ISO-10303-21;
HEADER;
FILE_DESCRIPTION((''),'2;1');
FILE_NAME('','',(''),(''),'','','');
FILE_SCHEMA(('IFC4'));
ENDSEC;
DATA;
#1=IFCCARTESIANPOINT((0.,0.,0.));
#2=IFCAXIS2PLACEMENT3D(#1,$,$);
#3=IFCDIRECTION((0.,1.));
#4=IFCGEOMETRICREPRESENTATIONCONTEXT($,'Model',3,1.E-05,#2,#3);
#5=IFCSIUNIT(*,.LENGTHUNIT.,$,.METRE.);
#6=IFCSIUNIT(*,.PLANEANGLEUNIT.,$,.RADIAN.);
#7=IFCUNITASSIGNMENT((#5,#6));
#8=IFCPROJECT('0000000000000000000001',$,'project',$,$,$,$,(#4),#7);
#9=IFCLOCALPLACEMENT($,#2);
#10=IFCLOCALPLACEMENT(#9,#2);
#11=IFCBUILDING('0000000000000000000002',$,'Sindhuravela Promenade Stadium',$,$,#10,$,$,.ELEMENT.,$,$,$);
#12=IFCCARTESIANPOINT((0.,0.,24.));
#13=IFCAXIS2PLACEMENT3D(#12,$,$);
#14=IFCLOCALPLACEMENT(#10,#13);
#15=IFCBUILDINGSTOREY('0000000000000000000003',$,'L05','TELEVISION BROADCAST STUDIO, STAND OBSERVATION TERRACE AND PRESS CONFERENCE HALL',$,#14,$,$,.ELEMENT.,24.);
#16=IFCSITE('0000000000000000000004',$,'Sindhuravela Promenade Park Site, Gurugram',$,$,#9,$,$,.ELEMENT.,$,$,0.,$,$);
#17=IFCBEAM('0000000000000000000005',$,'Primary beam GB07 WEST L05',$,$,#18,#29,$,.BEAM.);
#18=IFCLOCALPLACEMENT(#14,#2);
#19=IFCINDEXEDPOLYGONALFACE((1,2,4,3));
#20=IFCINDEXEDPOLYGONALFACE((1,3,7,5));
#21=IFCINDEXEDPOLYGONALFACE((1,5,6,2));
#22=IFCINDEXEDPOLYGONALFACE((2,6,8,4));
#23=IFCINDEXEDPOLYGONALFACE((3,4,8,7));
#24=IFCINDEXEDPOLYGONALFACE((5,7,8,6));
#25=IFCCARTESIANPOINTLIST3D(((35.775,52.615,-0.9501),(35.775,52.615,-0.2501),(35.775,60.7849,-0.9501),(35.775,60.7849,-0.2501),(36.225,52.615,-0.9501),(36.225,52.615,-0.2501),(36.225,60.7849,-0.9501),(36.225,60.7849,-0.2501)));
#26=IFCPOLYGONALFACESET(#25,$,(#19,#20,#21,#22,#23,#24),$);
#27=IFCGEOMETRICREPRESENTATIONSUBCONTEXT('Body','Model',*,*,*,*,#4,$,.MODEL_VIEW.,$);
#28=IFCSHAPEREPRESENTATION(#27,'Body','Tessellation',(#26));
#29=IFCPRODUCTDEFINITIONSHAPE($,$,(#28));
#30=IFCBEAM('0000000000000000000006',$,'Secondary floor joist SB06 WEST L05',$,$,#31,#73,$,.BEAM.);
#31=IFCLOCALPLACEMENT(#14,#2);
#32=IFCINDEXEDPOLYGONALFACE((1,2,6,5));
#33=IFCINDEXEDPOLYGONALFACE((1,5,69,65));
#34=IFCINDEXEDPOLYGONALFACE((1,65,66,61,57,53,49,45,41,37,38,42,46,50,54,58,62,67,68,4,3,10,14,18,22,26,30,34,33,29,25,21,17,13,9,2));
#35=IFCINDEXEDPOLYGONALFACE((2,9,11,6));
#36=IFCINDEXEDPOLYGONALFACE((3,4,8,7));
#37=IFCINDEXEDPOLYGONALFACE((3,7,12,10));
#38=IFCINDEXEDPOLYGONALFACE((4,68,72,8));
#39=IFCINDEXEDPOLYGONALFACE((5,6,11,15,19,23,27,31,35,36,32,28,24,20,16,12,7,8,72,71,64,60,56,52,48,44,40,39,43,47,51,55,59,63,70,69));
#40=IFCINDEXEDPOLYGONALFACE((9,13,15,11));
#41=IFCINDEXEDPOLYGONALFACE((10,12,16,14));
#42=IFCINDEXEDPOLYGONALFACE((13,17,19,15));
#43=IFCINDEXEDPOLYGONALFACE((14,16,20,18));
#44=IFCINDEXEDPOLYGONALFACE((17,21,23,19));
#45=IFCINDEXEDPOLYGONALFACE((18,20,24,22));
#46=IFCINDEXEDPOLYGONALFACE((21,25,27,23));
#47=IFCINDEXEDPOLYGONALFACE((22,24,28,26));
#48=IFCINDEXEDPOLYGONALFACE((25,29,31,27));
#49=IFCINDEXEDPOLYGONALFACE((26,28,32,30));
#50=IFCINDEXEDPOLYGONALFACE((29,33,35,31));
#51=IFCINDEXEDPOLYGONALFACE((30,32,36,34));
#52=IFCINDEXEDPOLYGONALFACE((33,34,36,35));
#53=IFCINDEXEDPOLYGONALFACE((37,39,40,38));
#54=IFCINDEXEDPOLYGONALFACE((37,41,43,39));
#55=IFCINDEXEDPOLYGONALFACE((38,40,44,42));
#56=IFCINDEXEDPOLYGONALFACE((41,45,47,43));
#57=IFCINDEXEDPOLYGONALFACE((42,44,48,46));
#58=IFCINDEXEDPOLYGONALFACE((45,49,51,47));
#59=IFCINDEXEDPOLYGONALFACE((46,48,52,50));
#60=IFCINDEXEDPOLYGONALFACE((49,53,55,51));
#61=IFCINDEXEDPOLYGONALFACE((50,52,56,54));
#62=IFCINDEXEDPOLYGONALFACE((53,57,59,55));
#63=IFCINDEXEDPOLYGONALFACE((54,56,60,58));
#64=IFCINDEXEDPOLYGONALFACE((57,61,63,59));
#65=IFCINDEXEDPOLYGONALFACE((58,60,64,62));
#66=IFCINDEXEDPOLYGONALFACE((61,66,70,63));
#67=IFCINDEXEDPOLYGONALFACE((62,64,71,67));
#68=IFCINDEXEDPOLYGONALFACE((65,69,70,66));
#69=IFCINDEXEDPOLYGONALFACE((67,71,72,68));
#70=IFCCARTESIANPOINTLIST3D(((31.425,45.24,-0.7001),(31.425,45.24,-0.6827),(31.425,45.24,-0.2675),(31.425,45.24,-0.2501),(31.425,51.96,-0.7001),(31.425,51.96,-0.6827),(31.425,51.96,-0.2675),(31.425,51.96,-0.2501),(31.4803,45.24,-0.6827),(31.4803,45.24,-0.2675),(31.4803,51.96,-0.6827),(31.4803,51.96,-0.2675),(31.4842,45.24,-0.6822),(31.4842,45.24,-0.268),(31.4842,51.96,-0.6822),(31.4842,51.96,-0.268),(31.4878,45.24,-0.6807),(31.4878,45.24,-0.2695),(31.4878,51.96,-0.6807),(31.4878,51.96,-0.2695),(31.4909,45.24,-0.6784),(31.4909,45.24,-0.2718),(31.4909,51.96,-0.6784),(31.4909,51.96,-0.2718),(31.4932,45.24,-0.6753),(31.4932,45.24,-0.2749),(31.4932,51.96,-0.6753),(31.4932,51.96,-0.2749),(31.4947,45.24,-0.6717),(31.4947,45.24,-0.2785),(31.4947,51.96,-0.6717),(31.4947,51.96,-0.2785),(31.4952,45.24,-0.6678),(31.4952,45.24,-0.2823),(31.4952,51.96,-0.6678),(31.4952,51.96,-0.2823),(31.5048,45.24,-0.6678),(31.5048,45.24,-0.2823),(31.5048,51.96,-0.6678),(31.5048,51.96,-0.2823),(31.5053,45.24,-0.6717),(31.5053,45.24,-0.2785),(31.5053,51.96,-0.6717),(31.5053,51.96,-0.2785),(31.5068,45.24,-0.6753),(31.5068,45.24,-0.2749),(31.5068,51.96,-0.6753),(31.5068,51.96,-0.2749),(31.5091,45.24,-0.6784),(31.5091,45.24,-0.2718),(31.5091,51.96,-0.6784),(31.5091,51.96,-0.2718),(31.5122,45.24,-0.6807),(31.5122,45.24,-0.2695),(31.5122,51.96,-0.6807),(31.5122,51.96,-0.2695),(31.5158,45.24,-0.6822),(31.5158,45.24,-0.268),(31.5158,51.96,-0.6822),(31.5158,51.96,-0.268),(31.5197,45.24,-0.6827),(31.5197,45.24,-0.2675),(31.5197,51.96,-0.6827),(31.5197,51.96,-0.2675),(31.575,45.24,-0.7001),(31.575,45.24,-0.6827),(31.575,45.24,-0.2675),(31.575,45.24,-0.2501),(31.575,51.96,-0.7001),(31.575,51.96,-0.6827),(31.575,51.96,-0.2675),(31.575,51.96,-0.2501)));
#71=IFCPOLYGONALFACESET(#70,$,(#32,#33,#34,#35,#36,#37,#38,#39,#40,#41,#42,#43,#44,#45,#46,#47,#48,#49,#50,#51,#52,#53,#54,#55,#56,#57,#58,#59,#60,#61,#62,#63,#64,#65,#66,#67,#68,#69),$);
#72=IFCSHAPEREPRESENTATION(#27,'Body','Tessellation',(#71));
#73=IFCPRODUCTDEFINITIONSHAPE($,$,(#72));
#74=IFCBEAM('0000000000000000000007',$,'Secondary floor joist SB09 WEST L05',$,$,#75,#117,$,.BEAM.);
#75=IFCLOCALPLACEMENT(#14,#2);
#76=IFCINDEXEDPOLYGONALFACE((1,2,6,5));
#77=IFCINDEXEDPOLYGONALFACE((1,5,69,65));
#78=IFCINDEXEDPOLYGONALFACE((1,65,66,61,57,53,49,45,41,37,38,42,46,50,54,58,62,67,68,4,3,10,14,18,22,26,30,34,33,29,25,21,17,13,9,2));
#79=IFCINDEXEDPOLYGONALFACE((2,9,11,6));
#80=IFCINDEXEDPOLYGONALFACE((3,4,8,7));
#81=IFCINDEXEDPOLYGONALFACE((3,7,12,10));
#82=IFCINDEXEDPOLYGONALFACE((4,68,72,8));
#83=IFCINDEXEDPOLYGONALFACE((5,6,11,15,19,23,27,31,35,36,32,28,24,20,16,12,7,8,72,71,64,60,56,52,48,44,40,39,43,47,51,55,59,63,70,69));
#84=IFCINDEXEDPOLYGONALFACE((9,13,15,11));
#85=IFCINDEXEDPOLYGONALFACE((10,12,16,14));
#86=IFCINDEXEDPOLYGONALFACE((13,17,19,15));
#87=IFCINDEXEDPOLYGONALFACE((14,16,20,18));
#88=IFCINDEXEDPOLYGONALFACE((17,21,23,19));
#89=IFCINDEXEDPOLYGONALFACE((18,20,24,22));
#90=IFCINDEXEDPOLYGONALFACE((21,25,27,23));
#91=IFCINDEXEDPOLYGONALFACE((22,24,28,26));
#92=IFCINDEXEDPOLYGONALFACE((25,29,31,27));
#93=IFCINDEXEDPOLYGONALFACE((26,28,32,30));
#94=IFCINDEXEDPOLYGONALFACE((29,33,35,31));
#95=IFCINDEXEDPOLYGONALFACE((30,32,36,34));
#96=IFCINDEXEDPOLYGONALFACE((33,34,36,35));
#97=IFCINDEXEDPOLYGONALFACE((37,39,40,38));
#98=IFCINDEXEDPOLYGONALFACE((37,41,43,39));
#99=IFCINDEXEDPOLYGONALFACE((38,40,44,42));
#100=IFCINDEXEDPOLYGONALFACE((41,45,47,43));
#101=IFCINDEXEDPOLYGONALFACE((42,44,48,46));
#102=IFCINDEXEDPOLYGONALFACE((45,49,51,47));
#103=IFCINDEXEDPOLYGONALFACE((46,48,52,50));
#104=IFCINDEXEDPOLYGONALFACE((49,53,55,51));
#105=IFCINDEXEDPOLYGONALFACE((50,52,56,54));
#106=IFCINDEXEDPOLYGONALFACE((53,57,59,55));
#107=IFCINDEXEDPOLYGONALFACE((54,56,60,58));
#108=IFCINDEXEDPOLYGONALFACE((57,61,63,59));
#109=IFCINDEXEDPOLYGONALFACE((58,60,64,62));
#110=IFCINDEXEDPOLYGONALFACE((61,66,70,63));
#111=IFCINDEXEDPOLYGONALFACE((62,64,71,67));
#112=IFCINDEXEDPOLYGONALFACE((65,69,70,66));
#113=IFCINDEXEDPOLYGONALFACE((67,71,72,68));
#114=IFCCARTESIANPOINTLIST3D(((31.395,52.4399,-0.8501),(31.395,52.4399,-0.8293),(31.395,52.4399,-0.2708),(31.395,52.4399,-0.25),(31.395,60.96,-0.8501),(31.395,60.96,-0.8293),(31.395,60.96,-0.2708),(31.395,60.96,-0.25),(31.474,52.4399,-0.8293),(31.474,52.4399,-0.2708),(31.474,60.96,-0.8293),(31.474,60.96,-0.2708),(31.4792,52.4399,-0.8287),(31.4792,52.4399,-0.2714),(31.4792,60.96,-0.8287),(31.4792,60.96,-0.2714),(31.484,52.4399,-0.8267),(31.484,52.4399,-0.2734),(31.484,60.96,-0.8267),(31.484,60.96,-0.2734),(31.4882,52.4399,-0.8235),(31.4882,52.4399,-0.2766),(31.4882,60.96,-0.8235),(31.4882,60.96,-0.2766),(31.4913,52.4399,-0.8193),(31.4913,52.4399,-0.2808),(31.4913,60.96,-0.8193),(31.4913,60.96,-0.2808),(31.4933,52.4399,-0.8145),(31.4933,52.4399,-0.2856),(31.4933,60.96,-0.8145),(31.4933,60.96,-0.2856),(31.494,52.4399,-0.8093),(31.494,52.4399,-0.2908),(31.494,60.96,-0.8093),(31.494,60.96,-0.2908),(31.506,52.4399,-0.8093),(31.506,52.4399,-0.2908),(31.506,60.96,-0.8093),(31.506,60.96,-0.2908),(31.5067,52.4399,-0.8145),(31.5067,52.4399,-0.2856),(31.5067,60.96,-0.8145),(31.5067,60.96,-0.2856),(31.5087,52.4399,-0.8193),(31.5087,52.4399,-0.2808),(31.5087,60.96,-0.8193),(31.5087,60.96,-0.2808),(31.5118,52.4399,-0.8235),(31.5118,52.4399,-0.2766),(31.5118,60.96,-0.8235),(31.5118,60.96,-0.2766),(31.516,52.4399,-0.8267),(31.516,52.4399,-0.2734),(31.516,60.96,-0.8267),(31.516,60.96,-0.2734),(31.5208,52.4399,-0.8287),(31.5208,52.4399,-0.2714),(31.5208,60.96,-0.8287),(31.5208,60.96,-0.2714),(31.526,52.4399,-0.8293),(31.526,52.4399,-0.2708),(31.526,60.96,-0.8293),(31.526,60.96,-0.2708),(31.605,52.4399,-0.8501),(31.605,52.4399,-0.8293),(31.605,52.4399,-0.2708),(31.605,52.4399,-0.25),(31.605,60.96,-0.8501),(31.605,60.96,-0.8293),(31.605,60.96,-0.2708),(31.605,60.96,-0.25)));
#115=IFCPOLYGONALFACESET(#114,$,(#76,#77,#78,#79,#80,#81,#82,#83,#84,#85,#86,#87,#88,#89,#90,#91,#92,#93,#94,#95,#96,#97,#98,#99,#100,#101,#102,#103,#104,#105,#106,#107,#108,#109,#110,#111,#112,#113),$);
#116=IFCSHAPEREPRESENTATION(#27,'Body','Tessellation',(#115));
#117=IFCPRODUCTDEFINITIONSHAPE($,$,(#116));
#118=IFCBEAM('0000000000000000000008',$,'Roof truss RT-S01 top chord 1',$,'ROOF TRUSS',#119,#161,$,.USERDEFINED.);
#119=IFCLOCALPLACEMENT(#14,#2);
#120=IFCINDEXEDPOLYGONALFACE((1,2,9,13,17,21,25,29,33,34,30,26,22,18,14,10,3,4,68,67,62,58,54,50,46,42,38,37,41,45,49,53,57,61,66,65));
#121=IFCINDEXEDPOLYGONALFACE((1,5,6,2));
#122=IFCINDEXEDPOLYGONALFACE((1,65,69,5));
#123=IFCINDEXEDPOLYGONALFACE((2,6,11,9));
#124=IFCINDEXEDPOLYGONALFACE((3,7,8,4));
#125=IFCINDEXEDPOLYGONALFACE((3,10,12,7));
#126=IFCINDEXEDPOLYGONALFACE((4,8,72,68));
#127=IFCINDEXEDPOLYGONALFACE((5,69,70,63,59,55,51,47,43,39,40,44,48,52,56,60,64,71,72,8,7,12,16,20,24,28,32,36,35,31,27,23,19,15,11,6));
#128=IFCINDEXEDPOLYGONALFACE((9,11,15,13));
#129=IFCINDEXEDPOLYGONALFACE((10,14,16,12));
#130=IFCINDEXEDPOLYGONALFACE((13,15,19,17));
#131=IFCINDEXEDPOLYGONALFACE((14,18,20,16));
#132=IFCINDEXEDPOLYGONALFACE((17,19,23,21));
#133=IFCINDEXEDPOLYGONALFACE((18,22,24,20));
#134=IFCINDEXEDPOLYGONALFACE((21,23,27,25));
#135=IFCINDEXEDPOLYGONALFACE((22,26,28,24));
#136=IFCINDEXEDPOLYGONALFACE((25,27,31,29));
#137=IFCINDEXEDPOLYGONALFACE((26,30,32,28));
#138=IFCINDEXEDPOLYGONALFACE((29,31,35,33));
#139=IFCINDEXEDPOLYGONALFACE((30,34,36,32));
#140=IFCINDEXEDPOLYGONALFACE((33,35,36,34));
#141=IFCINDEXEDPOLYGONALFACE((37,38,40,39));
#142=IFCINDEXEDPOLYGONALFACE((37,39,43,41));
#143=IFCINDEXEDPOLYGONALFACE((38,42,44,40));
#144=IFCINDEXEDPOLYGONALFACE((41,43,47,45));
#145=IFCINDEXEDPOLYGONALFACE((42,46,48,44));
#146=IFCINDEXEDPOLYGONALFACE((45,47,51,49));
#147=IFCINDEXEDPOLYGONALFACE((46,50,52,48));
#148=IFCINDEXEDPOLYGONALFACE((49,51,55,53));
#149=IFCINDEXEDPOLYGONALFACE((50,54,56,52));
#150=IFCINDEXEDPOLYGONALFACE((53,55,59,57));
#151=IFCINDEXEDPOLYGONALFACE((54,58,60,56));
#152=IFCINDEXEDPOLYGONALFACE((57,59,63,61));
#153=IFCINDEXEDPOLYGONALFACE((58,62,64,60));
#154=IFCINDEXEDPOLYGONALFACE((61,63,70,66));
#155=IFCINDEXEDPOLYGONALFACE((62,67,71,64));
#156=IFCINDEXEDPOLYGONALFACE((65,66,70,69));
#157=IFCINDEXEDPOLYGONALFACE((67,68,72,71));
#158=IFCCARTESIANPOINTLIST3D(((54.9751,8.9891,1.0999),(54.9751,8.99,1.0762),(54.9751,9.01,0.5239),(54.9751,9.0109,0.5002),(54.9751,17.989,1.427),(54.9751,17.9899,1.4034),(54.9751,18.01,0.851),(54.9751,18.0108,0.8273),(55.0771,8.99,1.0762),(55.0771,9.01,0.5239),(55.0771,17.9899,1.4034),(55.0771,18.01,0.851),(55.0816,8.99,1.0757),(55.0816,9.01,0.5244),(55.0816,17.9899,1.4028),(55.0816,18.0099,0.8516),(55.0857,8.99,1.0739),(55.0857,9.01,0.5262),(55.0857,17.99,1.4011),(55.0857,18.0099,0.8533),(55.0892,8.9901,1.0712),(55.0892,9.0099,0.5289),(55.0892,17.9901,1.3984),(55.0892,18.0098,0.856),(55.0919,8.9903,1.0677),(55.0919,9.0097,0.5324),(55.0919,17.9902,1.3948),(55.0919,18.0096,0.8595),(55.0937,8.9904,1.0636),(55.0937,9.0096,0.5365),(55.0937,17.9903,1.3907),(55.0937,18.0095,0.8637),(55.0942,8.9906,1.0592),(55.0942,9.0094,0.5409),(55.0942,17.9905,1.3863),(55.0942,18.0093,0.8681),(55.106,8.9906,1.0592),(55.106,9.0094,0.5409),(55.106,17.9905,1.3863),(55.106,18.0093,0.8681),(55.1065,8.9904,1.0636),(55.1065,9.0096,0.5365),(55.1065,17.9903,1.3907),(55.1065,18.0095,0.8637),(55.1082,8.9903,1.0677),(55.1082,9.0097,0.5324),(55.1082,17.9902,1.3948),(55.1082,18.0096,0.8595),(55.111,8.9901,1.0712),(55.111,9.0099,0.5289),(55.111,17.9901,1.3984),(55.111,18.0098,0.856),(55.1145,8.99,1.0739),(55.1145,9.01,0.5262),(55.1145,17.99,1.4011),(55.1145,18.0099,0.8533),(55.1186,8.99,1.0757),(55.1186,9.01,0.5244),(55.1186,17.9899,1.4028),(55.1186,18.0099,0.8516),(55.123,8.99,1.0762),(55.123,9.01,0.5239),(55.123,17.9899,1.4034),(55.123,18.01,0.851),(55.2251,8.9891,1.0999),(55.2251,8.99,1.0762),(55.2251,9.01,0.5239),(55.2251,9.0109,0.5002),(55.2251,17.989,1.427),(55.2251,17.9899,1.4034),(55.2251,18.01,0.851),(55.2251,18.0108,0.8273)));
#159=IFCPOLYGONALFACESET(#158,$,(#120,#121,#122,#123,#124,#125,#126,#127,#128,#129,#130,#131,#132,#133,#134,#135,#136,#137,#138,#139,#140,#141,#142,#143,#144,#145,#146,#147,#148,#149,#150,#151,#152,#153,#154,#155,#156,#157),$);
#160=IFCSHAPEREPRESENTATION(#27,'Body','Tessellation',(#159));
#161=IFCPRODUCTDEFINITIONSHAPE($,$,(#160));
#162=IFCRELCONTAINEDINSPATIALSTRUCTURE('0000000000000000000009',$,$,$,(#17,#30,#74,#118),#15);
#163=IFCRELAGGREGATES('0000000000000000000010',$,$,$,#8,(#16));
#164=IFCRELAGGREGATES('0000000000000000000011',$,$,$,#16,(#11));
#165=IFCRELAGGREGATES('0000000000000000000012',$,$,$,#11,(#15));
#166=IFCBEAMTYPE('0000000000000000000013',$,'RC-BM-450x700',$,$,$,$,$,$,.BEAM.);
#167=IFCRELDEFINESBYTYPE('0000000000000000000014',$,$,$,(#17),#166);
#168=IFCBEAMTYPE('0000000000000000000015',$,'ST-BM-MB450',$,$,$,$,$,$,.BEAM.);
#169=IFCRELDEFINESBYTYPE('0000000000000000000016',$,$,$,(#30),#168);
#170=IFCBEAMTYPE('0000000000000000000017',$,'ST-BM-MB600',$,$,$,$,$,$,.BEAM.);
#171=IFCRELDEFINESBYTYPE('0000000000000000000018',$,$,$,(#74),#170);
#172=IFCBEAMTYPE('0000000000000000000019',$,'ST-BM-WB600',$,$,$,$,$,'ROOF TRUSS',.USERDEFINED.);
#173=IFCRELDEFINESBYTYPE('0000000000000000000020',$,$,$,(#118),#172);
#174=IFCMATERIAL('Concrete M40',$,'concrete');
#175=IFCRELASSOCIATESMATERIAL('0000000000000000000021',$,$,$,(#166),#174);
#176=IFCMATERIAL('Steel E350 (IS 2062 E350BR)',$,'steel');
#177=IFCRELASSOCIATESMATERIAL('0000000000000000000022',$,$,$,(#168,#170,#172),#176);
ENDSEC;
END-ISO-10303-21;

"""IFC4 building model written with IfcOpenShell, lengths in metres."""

from ifc_helpers import new_model, si_unit, direction, frame, origin, origin_2d, place, context, subcontext, project, spatial, rectangle, i_section, extrude, material, material_profile, profile_set, type_object, element, save


model = new_model("IFC4")

# Units and contexts
model_context = context("Model", 3, precision=1e-05, world=origin(), true_north=direction((0.0, 1.0)))
body_context = subcontext(model_context, "Body", "Model", "MODEL_VIEW")
ifc_project = project(units=[si_unit("LENGTHUNIT", "METRE"), si_unit("PLANEANGLEUNIT", "RADIAN")], contexts=[model_context])

# Site, building, storey
site_placement = place(None, origin())
site = spatial("IfcSite", under=ifc_project, at=site_placement, Name="Sindhuravela Promenade Park Site, Gurugram", CompositionType="ELEMENT", RefElevation=0.0)
building_placement = place(site_placement, origin())
building = spatial("IfcBuilding", under=site, at=building_placement, Name="Sindhuravela Promenade Stadium", CompositionType="ELEMENT")
storey_placement = place(building_placement, frame((0.0, 0.0, 24.0)))
storey = spatial("IfcBuildingStorey", under=building, at=storey_placement, Name="L05", Description="TELEVISION BROADCAST STUDIO, STAND OBSERVATION TERRACE AND PRESS CONFERENCE HALL", CompositionType="ELEMENT", Elevation=24.0)

# Shared definitions
ifc_material_1 = material(Name="Concrete M40", Category="concrete")

# Beams
ifc_material_profile_1 = material_profile(ifc_material_1, rectangle(XDim=0.45, YDim=0.7, at=origin_2d()), Name="RC 450x700")
ifc_profile_set_1 = profile_set([ifc_material_profile_1], Name="Concrete M40")
beam_type_1 = type_object("IfcBeamType", Name="RC-BM-450x700", PredefinedType="BEAM", material=ifc_profile_set_1)
beam_1_placement = place(storey_placement, frame((36.0, 52.615, -0.6001), z_axis=(0.0, 1.0, 0.0), x_axis=(-1.0, 0.0, 0.0)))
element("IfcBeam", 1, at=beam_1_placement, inside=storey, type_object=beam_type_1, Name="Primary beam GB07 WEST L05", PredefinedType="BEAM", context=body_context, shape_type="SweptSolid", body=[
    extrude(rectangle(XDim=0.45, YDim=0.7, at=origin_2d()), origin(), (0.0, 0.0, 1.0), 8.1699),
])
ifc_material_2 = material(Name="Steel E350 (IS 2062 E350BR)", Category="steel")
ifc_material_profile_2 = material_profile(ifc_material_2, i_section(OverallWidth=0.1499, OverallDepth=0.45, WebThickness=0.0095, FlangeThickness=0.0173, FilletRadius=0.0149, at=origin_2d()), Name="ISMB 450")
ifc_profile_set_2 = profile_set([ifc_material_profile_2], Name="Steel E350 (IS 2062 E350BR)")
beam_type_2 = type_object("IfcBeamType", Name="ST-BM-MB450", PredefinedType="BEAM", material=ifc_profile_set_2)
beam_2_placement = place(storey_placement, frame((31.5, 45.24, -0.4751), z_axis=(0.0, 1.0, 0.0), x_axis=(-1.0, 0.0, 0.0)))
element("IfcBeam", 2, at=beam_2_placement, inside=storey, type_object=beam_type_2, Name="Secondary floor joist SB06 WEST L05", PredefinedType="BEAM", context=body_context, shape_type="SweptSolid", body=[
    extrude(i_section(OverallWidth=0.1499, OverallDepth=0.45, WebThickness=0.0095, FlangeThickness=0.0173, FilletRadius=0.0149, at=origin_2d()), origin(), (0.0, 0.0, 1.0), 6.72),
])
ifc_material_profile_3 = material_profile(ifc_material_2, i_section(OverallWidth=0.21, OverallDepth=0.6001, WebThickness=0.012, FlangeThickness=0.0208, FilletRadius=0.02, at=origin_2d()), Name="ISMB 600")
ifc_profile_set_3 = profile_set([ifc_material_profile_3], Name="Steel E350 (IS 2062 E350BR)")
beam_type_3 = type_object("IfcBeamType", Name="ST-BM-MB600", PredefinedType="BEAM", material=ifc_profile_set_3)
beam_3_placement = place(storey_placement, frame((31.5, 52.4399, -0.55), z_axis=(0.0, 1.0, 0.0), x_axis=(-1.0, 0.0, 0.0)))
element("IfcBeam", 3, at=beam_3_placement, inside=storey, type_object=beam_type_3, Name="Secondary floor joist SB09 WEST L05", PredefinedType="BEAM", context=body_context, shape_type="SweptSolid", body=[
    extrude(i_section(OverallWidth=0.21, OverallDepth=0.6001, WebThickness=0.012, FlangeThickness=0.0208, FilletRadius=0.02, at=origin_2d()), origin(), (0.0, 0.0, 1.0), 8.52),
])
ifc_material_profile_4 = material_profile(ifc_material_2, i_section(OverallWidth=0.25, OverallDepth=0.6001, WebThickness=0.0117, FlangeThickness=0.0237, FilletRadius=0.0171, at=origin_2d()), Name="ISWB 600")
ifc_profile_set_4 = profile_set([ifc_material_profile_4], Name="Steel E350 (IS 2062 E350BR)")
beam_type_4 = type_object("IfcBeamType", Name="ST-BM-WB600", ElementType="ROOF TRUSS", PredefinedType="USERDEFINED", material=ifc_profile_set_4)
beam_4_placement = place(storey_placement, frame((55.1001, 9.0, 0.8), z_axis=(0.0, 0.99934, 0.036326), x_axis=(-1.0, 0.0, 0.0)))
element("IfcBeam", 4, at=beam_4_placement, inside=storey, type_object=beam_type_4, Name="Roof truss RT-S01 top chord 1", ObjectType="ROOF TRUSS", PredefinedType="USERDEFINED", context=body_context, shape_type="SweptSolid", body=[
    extrude(i_section(OverallWidth=0.25, OverallDepth=0.6001, WebThickness=0.0117, FlangeThickness=0.0237, FilletRadius=0.0171, at=origin_2d()), origin(), (0.0, 0.0, 1.0), 9.0059),
])

save(model, "model.ifc")
